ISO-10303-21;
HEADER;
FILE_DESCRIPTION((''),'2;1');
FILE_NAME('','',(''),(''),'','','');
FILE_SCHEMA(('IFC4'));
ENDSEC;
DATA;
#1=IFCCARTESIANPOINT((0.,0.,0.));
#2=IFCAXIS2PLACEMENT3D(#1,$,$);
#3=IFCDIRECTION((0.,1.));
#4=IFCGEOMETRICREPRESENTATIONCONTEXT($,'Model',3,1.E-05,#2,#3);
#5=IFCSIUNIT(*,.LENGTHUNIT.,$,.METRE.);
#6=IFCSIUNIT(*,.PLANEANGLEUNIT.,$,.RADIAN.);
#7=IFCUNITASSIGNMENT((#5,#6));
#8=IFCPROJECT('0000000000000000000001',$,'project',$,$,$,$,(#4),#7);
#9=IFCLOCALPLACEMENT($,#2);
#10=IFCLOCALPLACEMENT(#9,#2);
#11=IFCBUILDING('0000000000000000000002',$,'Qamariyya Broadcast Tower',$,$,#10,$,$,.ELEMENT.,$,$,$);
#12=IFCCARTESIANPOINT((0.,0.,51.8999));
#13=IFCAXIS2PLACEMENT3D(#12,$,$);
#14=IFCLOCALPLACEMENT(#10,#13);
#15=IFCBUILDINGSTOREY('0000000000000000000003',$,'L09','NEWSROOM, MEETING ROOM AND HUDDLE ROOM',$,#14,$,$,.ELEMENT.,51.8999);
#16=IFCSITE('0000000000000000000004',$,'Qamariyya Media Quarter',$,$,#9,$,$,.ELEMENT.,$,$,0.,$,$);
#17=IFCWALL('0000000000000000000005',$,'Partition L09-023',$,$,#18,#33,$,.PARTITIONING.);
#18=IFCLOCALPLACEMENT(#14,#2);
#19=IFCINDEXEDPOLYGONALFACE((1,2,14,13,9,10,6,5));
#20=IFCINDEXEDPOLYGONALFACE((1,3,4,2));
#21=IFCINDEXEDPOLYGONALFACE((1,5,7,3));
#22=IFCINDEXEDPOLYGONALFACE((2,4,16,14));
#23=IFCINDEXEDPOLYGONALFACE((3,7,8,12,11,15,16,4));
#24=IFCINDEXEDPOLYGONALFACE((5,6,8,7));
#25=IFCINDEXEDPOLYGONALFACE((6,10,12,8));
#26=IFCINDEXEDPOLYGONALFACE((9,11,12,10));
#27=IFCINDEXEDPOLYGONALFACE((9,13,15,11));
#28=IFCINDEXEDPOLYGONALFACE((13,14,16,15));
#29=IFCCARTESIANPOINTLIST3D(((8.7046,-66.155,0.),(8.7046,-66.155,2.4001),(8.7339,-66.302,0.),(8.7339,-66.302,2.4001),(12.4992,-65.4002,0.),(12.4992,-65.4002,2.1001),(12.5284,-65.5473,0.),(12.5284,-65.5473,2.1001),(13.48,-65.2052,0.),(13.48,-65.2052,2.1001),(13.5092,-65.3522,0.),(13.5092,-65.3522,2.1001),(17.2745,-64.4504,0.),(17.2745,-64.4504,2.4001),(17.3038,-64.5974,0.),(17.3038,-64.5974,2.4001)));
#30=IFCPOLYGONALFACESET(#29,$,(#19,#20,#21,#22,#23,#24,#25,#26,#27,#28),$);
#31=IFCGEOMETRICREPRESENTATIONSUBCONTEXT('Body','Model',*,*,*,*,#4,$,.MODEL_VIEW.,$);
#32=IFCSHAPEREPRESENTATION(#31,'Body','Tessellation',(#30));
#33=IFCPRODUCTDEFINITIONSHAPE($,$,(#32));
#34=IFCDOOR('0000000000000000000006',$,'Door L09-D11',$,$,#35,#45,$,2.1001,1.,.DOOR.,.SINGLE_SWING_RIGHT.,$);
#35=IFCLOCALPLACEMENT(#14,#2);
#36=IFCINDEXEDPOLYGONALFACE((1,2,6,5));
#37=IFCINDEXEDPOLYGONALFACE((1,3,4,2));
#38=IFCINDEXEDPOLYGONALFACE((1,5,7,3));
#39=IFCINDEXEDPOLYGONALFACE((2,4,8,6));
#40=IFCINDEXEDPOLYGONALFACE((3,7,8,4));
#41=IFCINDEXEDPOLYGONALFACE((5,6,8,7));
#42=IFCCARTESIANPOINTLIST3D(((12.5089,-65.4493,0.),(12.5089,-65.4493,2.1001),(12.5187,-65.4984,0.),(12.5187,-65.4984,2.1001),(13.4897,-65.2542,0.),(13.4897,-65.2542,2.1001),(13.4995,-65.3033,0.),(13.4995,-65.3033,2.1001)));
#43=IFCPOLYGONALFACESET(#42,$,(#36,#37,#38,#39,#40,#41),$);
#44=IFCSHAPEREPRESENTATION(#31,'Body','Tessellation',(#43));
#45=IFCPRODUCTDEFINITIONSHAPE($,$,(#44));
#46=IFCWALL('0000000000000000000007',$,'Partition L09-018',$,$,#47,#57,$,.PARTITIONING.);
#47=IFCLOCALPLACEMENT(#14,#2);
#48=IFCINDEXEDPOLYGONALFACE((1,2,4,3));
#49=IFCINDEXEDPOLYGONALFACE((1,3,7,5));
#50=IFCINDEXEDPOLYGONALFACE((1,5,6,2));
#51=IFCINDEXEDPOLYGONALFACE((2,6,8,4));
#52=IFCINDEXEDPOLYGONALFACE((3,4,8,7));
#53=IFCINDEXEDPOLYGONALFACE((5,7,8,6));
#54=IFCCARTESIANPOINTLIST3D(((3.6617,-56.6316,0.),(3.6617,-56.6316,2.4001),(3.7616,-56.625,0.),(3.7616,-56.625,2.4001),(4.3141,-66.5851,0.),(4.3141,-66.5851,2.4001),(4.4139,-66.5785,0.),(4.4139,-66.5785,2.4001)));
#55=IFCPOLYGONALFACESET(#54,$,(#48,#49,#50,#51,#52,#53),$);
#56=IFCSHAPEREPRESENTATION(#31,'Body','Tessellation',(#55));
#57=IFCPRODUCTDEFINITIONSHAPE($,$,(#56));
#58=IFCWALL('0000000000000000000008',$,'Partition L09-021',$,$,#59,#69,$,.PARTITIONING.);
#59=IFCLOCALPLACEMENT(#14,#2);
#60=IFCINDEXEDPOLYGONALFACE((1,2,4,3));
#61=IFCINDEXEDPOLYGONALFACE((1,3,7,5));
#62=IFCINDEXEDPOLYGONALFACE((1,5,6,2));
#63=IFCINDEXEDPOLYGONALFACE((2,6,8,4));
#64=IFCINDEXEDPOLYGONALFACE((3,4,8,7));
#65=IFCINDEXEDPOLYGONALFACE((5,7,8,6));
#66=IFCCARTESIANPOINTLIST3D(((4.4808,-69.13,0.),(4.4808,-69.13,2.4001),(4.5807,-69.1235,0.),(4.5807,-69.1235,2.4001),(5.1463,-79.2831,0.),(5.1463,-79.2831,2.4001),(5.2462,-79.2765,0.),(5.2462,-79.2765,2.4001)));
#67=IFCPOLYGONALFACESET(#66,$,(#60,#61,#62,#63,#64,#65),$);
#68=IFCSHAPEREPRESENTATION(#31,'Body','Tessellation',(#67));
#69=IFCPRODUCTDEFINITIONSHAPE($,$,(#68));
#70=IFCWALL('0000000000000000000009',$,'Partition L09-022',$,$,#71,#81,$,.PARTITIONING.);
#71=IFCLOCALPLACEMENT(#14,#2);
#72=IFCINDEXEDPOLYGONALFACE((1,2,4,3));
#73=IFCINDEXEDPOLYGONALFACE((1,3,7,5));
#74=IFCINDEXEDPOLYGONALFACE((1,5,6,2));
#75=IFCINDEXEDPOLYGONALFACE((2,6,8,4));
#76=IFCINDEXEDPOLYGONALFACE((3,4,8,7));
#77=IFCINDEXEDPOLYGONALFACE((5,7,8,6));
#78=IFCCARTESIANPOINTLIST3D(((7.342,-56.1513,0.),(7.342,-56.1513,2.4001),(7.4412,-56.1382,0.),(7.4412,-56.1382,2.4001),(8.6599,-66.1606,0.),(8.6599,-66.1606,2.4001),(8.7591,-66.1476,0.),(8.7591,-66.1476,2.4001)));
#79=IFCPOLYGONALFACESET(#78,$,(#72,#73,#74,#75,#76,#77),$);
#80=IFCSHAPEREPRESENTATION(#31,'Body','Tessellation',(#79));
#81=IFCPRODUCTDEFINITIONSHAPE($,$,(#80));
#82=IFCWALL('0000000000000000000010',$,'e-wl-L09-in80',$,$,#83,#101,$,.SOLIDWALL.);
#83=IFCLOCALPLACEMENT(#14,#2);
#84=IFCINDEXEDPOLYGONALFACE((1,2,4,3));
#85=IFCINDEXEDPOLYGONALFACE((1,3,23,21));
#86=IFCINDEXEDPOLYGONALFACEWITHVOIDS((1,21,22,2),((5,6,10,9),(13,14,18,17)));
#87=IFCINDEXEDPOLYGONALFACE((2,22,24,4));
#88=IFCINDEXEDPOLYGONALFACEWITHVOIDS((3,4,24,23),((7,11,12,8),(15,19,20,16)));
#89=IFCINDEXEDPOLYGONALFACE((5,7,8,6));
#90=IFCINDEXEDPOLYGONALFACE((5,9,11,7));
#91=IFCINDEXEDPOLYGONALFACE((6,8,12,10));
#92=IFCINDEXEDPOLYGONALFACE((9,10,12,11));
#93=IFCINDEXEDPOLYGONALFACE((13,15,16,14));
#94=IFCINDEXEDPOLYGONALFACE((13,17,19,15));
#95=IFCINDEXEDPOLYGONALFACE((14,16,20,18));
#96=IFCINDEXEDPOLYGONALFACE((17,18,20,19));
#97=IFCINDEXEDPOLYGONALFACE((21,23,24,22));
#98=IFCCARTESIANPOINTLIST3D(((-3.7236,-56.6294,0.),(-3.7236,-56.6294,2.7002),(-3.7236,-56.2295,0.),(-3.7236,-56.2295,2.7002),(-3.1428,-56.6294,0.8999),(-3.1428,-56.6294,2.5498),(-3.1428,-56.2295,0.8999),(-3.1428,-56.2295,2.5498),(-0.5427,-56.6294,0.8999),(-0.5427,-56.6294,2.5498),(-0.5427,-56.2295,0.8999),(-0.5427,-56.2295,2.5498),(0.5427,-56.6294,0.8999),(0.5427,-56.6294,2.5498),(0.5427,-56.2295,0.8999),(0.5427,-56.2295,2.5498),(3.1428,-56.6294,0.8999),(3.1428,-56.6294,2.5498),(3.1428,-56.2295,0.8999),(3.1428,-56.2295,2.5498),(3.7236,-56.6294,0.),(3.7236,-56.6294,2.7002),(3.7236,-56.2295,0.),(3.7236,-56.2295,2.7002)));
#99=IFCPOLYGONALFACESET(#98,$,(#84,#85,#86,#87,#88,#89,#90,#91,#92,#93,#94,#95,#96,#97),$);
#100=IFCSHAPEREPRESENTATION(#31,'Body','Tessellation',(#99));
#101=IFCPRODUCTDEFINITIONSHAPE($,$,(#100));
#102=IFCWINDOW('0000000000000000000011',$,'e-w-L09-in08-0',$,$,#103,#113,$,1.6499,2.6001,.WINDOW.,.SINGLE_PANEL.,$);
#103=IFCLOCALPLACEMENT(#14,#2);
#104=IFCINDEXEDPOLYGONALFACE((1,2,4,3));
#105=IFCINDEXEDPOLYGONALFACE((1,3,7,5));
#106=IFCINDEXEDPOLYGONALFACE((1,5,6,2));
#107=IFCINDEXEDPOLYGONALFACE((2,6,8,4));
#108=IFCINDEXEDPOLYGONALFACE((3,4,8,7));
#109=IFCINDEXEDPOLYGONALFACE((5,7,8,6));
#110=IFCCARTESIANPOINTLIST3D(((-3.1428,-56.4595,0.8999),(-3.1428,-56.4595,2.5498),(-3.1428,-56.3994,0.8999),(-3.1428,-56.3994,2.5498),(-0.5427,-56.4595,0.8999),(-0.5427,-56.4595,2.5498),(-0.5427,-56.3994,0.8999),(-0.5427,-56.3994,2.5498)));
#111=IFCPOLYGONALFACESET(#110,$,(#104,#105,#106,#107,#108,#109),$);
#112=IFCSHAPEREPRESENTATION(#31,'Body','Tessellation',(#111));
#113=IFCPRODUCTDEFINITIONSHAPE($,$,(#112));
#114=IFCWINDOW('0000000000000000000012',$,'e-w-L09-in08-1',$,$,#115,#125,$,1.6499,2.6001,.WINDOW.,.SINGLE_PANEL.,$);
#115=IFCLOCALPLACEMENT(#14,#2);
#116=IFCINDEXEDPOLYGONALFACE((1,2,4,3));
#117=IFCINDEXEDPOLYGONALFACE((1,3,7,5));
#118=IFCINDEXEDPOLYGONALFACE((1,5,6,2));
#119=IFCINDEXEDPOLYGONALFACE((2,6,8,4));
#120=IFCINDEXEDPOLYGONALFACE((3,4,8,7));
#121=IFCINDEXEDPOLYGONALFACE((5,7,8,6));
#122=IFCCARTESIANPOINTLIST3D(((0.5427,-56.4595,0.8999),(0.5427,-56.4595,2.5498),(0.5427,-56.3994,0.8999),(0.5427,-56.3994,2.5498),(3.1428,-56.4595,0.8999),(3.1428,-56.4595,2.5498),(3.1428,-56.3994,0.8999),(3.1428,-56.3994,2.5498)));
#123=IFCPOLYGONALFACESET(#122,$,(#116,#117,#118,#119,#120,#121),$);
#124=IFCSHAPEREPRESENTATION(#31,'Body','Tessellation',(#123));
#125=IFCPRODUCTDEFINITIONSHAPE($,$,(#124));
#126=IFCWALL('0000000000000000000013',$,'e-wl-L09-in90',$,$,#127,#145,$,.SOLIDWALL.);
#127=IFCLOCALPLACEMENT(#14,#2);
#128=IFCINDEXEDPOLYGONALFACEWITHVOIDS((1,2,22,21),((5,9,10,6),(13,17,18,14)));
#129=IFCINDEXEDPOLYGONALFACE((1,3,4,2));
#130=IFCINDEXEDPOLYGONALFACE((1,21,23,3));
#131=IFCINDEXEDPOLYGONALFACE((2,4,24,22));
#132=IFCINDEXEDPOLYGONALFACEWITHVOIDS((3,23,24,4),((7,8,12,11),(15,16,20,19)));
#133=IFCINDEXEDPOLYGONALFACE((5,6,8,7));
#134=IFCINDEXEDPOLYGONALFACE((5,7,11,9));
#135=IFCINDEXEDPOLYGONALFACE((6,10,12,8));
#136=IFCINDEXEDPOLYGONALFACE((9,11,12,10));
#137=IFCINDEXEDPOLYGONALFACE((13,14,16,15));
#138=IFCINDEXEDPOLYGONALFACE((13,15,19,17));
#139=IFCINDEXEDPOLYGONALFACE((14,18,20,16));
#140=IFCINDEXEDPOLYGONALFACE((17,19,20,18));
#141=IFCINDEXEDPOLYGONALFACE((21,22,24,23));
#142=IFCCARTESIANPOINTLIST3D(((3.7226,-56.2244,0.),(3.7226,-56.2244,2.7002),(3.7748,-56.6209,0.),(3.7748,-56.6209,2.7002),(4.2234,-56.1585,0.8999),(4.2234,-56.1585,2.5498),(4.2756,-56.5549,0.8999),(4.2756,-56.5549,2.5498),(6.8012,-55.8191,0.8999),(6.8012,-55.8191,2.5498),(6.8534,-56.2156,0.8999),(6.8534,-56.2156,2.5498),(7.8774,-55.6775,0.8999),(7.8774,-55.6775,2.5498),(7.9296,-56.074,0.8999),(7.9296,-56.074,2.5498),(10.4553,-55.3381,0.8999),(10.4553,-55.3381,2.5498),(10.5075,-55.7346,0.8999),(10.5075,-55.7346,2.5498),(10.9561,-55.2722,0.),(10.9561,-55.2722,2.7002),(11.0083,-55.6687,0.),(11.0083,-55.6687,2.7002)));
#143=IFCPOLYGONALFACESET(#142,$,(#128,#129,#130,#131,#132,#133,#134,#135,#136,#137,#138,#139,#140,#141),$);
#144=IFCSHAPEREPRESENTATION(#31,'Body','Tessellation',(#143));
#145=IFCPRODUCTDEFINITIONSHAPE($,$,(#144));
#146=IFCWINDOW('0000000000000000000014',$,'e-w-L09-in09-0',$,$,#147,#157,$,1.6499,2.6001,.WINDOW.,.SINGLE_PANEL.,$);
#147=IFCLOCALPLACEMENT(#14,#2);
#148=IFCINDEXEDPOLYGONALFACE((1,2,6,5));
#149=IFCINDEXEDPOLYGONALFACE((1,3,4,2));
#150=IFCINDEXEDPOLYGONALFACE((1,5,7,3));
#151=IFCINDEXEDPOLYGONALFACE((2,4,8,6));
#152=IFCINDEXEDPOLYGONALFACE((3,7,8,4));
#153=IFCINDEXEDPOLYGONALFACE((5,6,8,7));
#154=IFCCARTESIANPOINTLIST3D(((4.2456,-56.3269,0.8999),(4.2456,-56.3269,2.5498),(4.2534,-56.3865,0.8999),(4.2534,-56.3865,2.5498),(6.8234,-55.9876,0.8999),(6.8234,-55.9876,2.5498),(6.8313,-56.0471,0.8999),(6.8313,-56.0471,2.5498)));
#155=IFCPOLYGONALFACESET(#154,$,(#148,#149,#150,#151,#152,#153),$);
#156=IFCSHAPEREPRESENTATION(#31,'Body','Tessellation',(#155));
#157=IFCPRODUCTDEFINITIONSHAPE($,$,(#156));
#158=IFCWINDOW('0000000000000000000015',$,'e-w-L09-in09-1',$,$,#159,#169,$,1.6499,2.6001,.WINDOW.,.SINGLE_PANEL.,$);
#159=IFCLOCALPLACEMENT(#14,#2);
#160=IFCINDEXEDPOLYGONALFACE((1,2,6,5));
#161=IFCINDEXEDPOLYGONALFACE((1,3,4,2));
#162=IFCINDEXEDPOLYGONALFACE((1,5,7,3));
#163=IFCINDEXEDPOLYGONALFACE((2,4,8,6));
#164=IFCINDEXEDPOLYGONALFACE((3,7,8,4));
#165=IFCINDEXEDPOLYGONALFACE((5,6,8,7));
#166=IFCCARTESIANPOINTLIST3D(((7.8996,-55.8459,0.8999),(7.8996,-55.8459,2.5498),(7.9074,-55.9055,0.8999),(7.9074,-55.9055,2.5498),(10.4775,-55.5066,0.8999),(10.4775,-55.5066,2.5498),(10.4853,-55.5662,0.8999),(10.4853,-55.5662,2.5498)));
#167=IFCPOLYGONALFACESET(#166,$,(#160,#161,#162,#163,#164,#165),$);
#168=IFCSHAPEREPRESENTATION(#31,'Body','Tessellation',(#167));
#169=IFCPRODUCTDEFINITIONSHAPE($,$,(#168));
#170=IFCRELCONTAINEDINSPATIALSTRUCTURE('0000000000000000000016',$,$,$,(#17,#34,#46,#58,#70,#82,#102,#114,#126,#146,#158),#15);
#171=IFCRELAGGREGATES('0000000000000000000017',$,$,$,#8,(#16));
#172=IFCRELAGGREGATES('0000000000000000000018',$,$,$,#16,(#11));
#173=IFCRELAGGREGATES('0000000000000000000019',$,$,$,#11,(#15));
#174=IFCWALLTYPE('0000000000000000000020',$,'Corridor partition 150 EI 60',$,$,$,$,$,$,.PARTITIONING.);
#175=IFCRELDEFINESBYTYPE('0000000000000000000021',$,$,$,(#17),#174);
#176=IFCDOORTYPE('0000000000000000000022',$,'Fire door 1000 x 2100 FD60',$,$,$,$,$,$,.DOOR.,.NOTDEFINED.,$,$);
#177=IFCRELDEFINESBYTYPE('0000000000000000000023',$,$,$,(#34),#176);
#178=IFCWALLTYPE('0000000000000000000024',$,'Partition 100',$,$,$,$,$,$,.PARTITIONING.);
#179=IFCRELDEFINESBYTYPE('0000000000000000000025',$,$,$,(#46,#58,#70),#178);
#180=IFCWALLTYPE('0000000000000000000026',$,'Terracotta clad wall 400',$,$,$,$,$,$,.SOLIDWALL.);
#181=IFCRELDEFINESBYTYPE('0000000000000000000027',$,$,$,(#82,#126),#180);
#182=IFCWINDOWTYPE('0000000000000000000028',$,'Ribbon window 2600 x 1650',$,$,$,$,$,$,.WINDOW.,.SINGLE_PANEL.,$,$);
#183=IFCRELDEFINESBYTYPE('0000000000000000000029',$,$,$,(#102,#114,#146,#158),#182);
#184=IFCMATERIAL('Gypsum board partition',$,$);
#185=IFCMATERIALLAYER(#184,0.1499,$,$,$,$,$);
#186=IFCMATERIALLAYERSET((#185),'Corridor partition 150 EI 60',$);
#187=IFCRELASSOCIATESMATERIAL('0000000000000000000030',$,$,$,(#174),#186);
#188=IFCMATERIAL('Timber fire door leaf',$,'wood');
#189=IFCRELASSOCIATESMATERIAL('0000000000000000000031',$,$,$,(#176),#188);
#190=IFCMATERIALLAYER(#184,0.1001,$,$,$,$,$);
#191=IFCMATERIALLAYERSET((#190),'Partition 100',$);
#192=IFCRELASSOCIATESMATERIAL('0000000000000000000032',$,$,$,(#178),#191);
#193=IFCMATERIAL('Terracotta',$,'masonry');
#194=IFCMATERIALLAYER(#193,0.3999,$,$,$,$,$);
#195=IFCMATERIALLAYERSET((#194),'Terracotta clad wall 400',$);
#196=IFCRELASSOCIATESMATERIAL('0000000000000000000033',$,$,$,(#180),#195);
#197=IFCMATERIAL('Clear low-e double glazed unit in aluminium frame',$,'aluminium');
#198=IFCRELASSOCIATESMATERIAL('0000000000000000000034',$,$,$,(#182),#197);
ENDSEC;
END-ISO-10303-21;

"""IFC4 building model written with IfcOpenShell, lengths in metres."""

from ifc_helpers import new_model, si_unit, direction, frame, frame_2d, origin, place, context, subcontext, project, spatial, rectangle, extrude, material, layer, layer_set, type_object, element, fill, save


model = new_model("IFC4")

# Units and contexts
model_context = context("Model", 3, precision=1e-05, world=origin(), true_north=direction((0.0, 1.0)))
body_context = subcontext(model_context, "Body", "Model", "MODEL_VIEW")
ifc_project = project(units=[si_unit("LENGTHUNIT", "METRE"), si_unit("PLANEANGLEUNIT", "RADIAN")], contexts=[model_context])

# Site, building, storey
site_placement = place(None, origin())
site = spatial("IfcSite", under=ifc_project, at=site_placement, Name="Qamariyya Media Quarter", CompositionType="ELEMENT", RefElevation=0.0)
building_placement = place(site_placement, origin())
building = spatial("IfcBuilding", under=site, at=building_placement, Name="Qamariyya Broadcast Tower", CompositionType="ELEMENT")
storey_placement = place(building_placement, frame((0.0, 0.0, 51.8999)))
storey = spatial("IfcBuildingStorey", under=building, at=storey_placement, Name="L09", Description="NEWSROOM, MEETING ROOM AND HUDDLE ROOM", CompositionType="ELEMENT", Elevation=51.8999)

# Shared definitions
ifc_material_1 = material(Name="Gypsum board partition")
ifc_layer_1 = layer(ifc_material_1, 0.1499)
ifc_layer_set_1 = layer_set([ifc_layer_1], Name="Corridor partition 150 EI 60")
wall_type_1 = type_object("IfcWallType", Name="Corridor partition 150 EI 60", PredefinedType="PARTITIONING", material=ifc_layer_set_1)
ifc_material_2 = material(Name="Timber fire door leaf", Category="wood")
door_type_1 = type_object("IfcDoorType", Name="Fire door 1000 x 2100 FD60", OperationType="NOTDEFINED", PredefinedType="DOOR", material=ifc_material_2)

# Wall, opening, door
wall_1_placement = place(storey_placement, frame((8.7192, -66.2285, 0.0), z_axis=(0.0, 0.0, 1.0), x_axis=(0.980786, 0.195084, 0.0)))
wall_1 = element("IfcWall", 1, at=wall_1_placement, inside=storey, type_object=wall_type_1, Name="Partition L09-023", PredefinedType="PARTITIONING", context=body_context, shape_type="SweptSolid", body=[
    extrude(rectangle(XDim=8.7378, YDim=0.1499, at=frame_2d((4.3689, 0.0))), origin(), (0.0, 0.0, 1.0), 2.4001),
])
opening_1_placement = place(wall_1_placement, frame((3.8689, 0.0, 0.0)))
opening_1 = element("IfcOpeningElement", 2, at=opening_1_placement, cuts=wall_1, PredefinedType="OPENING", context=body_context, shape_type="SweptSolid", body=[
    extrude(rectangle(XDim=1.0, YDim=2.1001, at=frame_2d((0.5, 1.05))), frame((0.0, 0.085, 0.0), z_axis=(0.0, -1.0, 0.0), x_axis=(1.0, 0.0, 0.0)), (0.0, 0.0, 1.0), 0.1699),
])
door_1_placement = place(opening_1_placement, origin())
door_1 = element("IfcDoor", 3, at=door_1_placement, inside=storey, type_object=door_type_1, Name="Door L09-D11", OperationType="SINGLE_SWING_RIGHT", OverallHeight=2.1001, OverallWidth=1.0, PredefinedType="DOOR", context=body_context, shape_type="SweptSolid", body=[
    extrude(rectangle(XDim=1.0, YDim=2.1001, at=frame_2d((0.5, 1.05))), frame((0.0, 0.0249, 0.0), z_axis=(0.0, -1.0, 0.0), x_axis=(1.0, 0.0, 0.0)), (0.0, 0.0, 1.0), 0.05),
])
fill(opening_1, door_1)

# Walls
ifc_layer_2 = layer(ifc_material_1, 0.1001)
ifc_layer_set_2 = layer_set([ifc_layer_2], Name="Partition 100")
wall_type_2 = type_object("IfcWallType", Name="Partition 100", PredefinedType="PARTITIONING", material=ifc_layer_set_2)
wall_2_placement = place(storey_placement, frame((3.7117, -56.6284, 0.0), z_axis=(0.0, 0.0, 1.0), x_axis=(0.065398, -0.997859, 0.0)))
element("IfcWall", 4, at=wall_2_placement, inside=storey, type_object=wall_type_2, Name="Partition L09-018", PredefinedType="PARTITIONING", context=body_context, shape_type="SweptSolid", body=[
    extrude(rectangle(XDim=9.9749, YDim=0.1001, at=frame_2d((4.9873, 0.0))), origin(), (0.0, 0.0, 1.0), 2.4001),
])
wall_3_placement = place(storey_placement, frame((5.1963, -79.2798, 0.0), z_axis=(0.0, 0.0, 1.0), x_axis=(-0.065409, 0.997859, 0.0)))
element("IfcWall", 5, at=wall_3_placement, inside=storey, type_object=wall_type_2, Name="Partition L09-021", PredefinedType="PARTITIONING", context=body_context, shape_type="SweptSolid", body=[
    extrude(rectangle(XDim=10.1748, YDim=0.1001, at=frame_2d((5.0874, 0.0))), origin(), (0.0, 0.0, 1.0), 2.4001),
])
wall_4_placement = place(storey_placement, frame((7.3916, -56.1448, 0.0), z_axis=(0.0, 0.0, 1.0), x_axis=(0.130538, -0.991443, 0.0)))
element("IfcWall", 6, at=wall_4_placement, inside=storey, type_object=wall_type_2, Name="Partition L09-022", PredefinedType="PARTITIONING", context=body_context, shape_type="SweptSolid", body=[
    extrude(rectangle(XDim=10.0957, YDim=0.1001, at=frame_2d((5.0479, 0.0))), origin(), (0.0, 0.0, 1.0), 2.4001),
])

# Walls, openings, windows
ifc_material_3 = material(Name="Terracotta", Category="masonry")
ifc_layer_3 = layer(ifc_material_3, 0.3999)
ifc_layer_set_3 = layer_set([ifc_layer_3], Name="Terracotta clad wall 400")
wall_type_3 = type_object("IfcWallType", Name="Terracotta clad wall 400", PredefinedType="SOLIDWALL", material=ifc_layer_set_3)
wall_5_placement = place(storey_placement, frame((3.7236, -56.4294, 0.0), z_axis=(0.0, 0.0, 1.0), x_axis=(-1.0, 0.0, 0.0)))
wall_5 = element("IfcWall", 7, at=wall_5_placement, inside=storey, type_object=wall_type_3, Name="e-wl-L09-in80", PredefinedType="SOLIDWALL", context=body_context, shape_type="SweptSolid", body=[
    extrude(rectangle(XDim=7.4473, YDim=0.3999, at=frame_2d((3.7236, 0.0))), origin(), (0.0, 0.0, 1.0), 2.7002),
])
opening_2_placement = place(wall_5_placement, frame((4.2664, 0.0, 0.8999)))
opening_2 = element("IfcOpeningElement", 8, at=opening_2_placement, cuts=wall_5, PredefinedType="OPENING", context=body_context, shape_type="SweptSolid", body=[
    extrude(rectangle(XDim=2.6001, YDim=1.6499, at=frame_2d((1.3, 0.825))), frame((0.0, 0.21, 0.0), z_axis=(0.0, -1.0, 0.0), x_axis=(1.0, 0.0, 0.0)), (0.0, 0.0, 1.0), 0.4199),
])
opening_3_placement = place(wall_5_placement, frame((0.5808, 0.0, 0.8999)))
opening_3 = element("IfcOpeningElement", 9, at=opening_3_placement, cuts=wall_5, PredefinedType="OPENING", context=body_context, shape_type="SweptSolid", body=[
    extrude(rectangle(XDim=2.6001, YDim=1.6499, at=frame_2d((1.3, 0.825))), frame((0.0, 0.21, 0.0), z_axis=(0.0, -1.0, 0.0), x_axis=(1.0, 0.0, 0.0)), (0.0, 0.0, 1.0), 0.4199),
])
ifc_material_4 = material(Name="Clear low-e double glazed unit in aluminium frame", Category="aluminium")
window_type = type_object("IfcWindowType", Name="Ribbon window 2600 x 1650", PartitioningType="SINGLE_PANEL", PredefinedType="WINDOW", material=ifc_material_4)
window_1_placement = place(opening_2_placement, origin())
window_1 = element("IfcWindow", 10, at=window_1_placement, inside=storey, type_object=window_type, Name="e-w-L09-in08-0", OverallHeight=1.6499, OverallWidth=2.6001, PartitioningType="SINGLE_PANEL", PredefinedType="WINDOW", context=body_context, shape_type="SweptSolid", body=[
    extrude(rectangle(XDim=2.6001, YDim=1.6499, at=frame_2d((1.3, 0.825))), frame((0.0, 0.03, 0.0), z_axis=(0.0, -1.0, 0.0), x_axis=(1.0, 0.0, 0.0)), (0.0, 0.0, 1.0), 0.0601),
])
fill(opening_2, window_1)
window_2_placement = place(opening_3_placement, origin())
window_2 = element("IfcWindow", 11, at=window_2_placement, inside=storey, type_object=window_type, Name="e-w-L09-in08-1", OverallHeight=1.6499, OverallWidth=2.6001, PartitioningType="SINGLE_PANEL", PredefinedType="WINDOW", context=body_context, shape_type="SweptSolid", body=[
    extrude(rectangle(XDim=2.6001, YDim=1.6499, at=frame_2d((1.3, 0.825))), frame((0.0, 0.03, 0.0), z_axis=(0.0, -1.0, 0.0), x_axis=(1.0, 0.0, 0.0)), (0.0, 0.0, 1.0), 0.0601),
])
fill(opening_3, window_2)
wall_6_placement = place(storey_placement, frame((10.9822, -55.4705, 0.0), z_axis=(0.0, 0.0, 1.0), x_axis=(-0.991447, -0.130506, 0.0)))
wall_6 = element("IfcWall", 12, at=wall_6_placement, inside=storey, type_object=wall_type_3, Name="e-wl-L09-in90", PredefinedType="SOLIDWALL", context=body_context, shape_type="SweptSolid", body=[
    extrude(rectangle(XDim=7.2959, YDim=0.3999, at=frame_2d((3.6479, 0.0))), origin(), (0.0, 0.0, 1.0), 2.7002),
])
opening_4_placement = place(wall_6_placement, frame((4.1907, 0.0, 0.8999)))
opening_4 = element("IfcOpeningElement", 13, at=opening_4_placement, cuts=wall_6, PredefinedType="OPENING", context=body_context, shape_type="SweptSolid", body=[
    extrude(rectangle(XDim=2.6001, YDim=1.6499, at=frame_2d((1.3, 0.825))), frame((0.0, 0.21, 0.0), z_axis=(0.0, -1.0, 0.0), x_axis=(1.0, 0.0, 0.0)), (0.0, 0.0, 1.0), 0.4199),
])
opening_5_placement = place(wall_6_placement, frame((0.5051, 0.0, 0.8999)))
opening_5 = element("IfcOpeningElement", 14, at=opening_5_placement, cuts=wall_6, PredefinedType="OPENING", context=body_context, shape_type="SweptSolid", body=[
    extrude(rectangle(XDim=2.6001, YDim=1.6499, at=frame_2d((1.3, 0.825))), frame((0.0, 0.21, 0.0), z_axis=(0.0, -1.0, 0.0), x_axis=(1.0, 0.0, 0.0)), (0.0, 0.0, 1.0), 0.4199),
])
window_3_placement = place(opening_4_placement, origin())
window_3 = element("IfcWindow", 15, at=window_3_placement, inside=storey, type_object=window_type, Name="e-w-L09-in09-0", OverallHeight=1.6499, OverallWidth=2.6001, PartitioningType="SINGLE_PANEL", PredefinedType="WINDOW", context=body_context, shape_type="SweptSolid", body=[
    extrude(rectangle(XDim=2.6001, YDim=1.6499, at=frame_2d((1.3, 0.825))), frame((0.0, 0.03, 0.0), z_axis=(0.0, -1.0, 0.0), x_axis=(1.0, 0.0, 0.0)), (0.0, 0.0, 1.0), 0.0601),
])
fill(opening_4, window_3)
window_4_placement = place(opening_5_placement, origin())
window_4 = element("IfcWindow", 16, at=window_4_placement, inside=storey, type_object=window_type, Name="e-w-L09-in09-1", OverallHeight=1.6499, OverallWidth=2.6001, PartitioningType="SINGLE_PANEL", PredefinedType="WINDOW", context=body_context, shape_type="SweptSolid", body=[
    extrude(rectangle(XDim=2.6001, YDim=1.6499, at=frame_2d((1.3, 0.825))), frame((0.0, 0.03, 0.0), z_axis=(0.0, -1.0, 0.0), x_axis=(1.0, 0.0, 0.0)), (0.0, 0.0, 1.0), 0.0601),
])
fill(opening_5, window_4)

save(model, "model.ifc")
